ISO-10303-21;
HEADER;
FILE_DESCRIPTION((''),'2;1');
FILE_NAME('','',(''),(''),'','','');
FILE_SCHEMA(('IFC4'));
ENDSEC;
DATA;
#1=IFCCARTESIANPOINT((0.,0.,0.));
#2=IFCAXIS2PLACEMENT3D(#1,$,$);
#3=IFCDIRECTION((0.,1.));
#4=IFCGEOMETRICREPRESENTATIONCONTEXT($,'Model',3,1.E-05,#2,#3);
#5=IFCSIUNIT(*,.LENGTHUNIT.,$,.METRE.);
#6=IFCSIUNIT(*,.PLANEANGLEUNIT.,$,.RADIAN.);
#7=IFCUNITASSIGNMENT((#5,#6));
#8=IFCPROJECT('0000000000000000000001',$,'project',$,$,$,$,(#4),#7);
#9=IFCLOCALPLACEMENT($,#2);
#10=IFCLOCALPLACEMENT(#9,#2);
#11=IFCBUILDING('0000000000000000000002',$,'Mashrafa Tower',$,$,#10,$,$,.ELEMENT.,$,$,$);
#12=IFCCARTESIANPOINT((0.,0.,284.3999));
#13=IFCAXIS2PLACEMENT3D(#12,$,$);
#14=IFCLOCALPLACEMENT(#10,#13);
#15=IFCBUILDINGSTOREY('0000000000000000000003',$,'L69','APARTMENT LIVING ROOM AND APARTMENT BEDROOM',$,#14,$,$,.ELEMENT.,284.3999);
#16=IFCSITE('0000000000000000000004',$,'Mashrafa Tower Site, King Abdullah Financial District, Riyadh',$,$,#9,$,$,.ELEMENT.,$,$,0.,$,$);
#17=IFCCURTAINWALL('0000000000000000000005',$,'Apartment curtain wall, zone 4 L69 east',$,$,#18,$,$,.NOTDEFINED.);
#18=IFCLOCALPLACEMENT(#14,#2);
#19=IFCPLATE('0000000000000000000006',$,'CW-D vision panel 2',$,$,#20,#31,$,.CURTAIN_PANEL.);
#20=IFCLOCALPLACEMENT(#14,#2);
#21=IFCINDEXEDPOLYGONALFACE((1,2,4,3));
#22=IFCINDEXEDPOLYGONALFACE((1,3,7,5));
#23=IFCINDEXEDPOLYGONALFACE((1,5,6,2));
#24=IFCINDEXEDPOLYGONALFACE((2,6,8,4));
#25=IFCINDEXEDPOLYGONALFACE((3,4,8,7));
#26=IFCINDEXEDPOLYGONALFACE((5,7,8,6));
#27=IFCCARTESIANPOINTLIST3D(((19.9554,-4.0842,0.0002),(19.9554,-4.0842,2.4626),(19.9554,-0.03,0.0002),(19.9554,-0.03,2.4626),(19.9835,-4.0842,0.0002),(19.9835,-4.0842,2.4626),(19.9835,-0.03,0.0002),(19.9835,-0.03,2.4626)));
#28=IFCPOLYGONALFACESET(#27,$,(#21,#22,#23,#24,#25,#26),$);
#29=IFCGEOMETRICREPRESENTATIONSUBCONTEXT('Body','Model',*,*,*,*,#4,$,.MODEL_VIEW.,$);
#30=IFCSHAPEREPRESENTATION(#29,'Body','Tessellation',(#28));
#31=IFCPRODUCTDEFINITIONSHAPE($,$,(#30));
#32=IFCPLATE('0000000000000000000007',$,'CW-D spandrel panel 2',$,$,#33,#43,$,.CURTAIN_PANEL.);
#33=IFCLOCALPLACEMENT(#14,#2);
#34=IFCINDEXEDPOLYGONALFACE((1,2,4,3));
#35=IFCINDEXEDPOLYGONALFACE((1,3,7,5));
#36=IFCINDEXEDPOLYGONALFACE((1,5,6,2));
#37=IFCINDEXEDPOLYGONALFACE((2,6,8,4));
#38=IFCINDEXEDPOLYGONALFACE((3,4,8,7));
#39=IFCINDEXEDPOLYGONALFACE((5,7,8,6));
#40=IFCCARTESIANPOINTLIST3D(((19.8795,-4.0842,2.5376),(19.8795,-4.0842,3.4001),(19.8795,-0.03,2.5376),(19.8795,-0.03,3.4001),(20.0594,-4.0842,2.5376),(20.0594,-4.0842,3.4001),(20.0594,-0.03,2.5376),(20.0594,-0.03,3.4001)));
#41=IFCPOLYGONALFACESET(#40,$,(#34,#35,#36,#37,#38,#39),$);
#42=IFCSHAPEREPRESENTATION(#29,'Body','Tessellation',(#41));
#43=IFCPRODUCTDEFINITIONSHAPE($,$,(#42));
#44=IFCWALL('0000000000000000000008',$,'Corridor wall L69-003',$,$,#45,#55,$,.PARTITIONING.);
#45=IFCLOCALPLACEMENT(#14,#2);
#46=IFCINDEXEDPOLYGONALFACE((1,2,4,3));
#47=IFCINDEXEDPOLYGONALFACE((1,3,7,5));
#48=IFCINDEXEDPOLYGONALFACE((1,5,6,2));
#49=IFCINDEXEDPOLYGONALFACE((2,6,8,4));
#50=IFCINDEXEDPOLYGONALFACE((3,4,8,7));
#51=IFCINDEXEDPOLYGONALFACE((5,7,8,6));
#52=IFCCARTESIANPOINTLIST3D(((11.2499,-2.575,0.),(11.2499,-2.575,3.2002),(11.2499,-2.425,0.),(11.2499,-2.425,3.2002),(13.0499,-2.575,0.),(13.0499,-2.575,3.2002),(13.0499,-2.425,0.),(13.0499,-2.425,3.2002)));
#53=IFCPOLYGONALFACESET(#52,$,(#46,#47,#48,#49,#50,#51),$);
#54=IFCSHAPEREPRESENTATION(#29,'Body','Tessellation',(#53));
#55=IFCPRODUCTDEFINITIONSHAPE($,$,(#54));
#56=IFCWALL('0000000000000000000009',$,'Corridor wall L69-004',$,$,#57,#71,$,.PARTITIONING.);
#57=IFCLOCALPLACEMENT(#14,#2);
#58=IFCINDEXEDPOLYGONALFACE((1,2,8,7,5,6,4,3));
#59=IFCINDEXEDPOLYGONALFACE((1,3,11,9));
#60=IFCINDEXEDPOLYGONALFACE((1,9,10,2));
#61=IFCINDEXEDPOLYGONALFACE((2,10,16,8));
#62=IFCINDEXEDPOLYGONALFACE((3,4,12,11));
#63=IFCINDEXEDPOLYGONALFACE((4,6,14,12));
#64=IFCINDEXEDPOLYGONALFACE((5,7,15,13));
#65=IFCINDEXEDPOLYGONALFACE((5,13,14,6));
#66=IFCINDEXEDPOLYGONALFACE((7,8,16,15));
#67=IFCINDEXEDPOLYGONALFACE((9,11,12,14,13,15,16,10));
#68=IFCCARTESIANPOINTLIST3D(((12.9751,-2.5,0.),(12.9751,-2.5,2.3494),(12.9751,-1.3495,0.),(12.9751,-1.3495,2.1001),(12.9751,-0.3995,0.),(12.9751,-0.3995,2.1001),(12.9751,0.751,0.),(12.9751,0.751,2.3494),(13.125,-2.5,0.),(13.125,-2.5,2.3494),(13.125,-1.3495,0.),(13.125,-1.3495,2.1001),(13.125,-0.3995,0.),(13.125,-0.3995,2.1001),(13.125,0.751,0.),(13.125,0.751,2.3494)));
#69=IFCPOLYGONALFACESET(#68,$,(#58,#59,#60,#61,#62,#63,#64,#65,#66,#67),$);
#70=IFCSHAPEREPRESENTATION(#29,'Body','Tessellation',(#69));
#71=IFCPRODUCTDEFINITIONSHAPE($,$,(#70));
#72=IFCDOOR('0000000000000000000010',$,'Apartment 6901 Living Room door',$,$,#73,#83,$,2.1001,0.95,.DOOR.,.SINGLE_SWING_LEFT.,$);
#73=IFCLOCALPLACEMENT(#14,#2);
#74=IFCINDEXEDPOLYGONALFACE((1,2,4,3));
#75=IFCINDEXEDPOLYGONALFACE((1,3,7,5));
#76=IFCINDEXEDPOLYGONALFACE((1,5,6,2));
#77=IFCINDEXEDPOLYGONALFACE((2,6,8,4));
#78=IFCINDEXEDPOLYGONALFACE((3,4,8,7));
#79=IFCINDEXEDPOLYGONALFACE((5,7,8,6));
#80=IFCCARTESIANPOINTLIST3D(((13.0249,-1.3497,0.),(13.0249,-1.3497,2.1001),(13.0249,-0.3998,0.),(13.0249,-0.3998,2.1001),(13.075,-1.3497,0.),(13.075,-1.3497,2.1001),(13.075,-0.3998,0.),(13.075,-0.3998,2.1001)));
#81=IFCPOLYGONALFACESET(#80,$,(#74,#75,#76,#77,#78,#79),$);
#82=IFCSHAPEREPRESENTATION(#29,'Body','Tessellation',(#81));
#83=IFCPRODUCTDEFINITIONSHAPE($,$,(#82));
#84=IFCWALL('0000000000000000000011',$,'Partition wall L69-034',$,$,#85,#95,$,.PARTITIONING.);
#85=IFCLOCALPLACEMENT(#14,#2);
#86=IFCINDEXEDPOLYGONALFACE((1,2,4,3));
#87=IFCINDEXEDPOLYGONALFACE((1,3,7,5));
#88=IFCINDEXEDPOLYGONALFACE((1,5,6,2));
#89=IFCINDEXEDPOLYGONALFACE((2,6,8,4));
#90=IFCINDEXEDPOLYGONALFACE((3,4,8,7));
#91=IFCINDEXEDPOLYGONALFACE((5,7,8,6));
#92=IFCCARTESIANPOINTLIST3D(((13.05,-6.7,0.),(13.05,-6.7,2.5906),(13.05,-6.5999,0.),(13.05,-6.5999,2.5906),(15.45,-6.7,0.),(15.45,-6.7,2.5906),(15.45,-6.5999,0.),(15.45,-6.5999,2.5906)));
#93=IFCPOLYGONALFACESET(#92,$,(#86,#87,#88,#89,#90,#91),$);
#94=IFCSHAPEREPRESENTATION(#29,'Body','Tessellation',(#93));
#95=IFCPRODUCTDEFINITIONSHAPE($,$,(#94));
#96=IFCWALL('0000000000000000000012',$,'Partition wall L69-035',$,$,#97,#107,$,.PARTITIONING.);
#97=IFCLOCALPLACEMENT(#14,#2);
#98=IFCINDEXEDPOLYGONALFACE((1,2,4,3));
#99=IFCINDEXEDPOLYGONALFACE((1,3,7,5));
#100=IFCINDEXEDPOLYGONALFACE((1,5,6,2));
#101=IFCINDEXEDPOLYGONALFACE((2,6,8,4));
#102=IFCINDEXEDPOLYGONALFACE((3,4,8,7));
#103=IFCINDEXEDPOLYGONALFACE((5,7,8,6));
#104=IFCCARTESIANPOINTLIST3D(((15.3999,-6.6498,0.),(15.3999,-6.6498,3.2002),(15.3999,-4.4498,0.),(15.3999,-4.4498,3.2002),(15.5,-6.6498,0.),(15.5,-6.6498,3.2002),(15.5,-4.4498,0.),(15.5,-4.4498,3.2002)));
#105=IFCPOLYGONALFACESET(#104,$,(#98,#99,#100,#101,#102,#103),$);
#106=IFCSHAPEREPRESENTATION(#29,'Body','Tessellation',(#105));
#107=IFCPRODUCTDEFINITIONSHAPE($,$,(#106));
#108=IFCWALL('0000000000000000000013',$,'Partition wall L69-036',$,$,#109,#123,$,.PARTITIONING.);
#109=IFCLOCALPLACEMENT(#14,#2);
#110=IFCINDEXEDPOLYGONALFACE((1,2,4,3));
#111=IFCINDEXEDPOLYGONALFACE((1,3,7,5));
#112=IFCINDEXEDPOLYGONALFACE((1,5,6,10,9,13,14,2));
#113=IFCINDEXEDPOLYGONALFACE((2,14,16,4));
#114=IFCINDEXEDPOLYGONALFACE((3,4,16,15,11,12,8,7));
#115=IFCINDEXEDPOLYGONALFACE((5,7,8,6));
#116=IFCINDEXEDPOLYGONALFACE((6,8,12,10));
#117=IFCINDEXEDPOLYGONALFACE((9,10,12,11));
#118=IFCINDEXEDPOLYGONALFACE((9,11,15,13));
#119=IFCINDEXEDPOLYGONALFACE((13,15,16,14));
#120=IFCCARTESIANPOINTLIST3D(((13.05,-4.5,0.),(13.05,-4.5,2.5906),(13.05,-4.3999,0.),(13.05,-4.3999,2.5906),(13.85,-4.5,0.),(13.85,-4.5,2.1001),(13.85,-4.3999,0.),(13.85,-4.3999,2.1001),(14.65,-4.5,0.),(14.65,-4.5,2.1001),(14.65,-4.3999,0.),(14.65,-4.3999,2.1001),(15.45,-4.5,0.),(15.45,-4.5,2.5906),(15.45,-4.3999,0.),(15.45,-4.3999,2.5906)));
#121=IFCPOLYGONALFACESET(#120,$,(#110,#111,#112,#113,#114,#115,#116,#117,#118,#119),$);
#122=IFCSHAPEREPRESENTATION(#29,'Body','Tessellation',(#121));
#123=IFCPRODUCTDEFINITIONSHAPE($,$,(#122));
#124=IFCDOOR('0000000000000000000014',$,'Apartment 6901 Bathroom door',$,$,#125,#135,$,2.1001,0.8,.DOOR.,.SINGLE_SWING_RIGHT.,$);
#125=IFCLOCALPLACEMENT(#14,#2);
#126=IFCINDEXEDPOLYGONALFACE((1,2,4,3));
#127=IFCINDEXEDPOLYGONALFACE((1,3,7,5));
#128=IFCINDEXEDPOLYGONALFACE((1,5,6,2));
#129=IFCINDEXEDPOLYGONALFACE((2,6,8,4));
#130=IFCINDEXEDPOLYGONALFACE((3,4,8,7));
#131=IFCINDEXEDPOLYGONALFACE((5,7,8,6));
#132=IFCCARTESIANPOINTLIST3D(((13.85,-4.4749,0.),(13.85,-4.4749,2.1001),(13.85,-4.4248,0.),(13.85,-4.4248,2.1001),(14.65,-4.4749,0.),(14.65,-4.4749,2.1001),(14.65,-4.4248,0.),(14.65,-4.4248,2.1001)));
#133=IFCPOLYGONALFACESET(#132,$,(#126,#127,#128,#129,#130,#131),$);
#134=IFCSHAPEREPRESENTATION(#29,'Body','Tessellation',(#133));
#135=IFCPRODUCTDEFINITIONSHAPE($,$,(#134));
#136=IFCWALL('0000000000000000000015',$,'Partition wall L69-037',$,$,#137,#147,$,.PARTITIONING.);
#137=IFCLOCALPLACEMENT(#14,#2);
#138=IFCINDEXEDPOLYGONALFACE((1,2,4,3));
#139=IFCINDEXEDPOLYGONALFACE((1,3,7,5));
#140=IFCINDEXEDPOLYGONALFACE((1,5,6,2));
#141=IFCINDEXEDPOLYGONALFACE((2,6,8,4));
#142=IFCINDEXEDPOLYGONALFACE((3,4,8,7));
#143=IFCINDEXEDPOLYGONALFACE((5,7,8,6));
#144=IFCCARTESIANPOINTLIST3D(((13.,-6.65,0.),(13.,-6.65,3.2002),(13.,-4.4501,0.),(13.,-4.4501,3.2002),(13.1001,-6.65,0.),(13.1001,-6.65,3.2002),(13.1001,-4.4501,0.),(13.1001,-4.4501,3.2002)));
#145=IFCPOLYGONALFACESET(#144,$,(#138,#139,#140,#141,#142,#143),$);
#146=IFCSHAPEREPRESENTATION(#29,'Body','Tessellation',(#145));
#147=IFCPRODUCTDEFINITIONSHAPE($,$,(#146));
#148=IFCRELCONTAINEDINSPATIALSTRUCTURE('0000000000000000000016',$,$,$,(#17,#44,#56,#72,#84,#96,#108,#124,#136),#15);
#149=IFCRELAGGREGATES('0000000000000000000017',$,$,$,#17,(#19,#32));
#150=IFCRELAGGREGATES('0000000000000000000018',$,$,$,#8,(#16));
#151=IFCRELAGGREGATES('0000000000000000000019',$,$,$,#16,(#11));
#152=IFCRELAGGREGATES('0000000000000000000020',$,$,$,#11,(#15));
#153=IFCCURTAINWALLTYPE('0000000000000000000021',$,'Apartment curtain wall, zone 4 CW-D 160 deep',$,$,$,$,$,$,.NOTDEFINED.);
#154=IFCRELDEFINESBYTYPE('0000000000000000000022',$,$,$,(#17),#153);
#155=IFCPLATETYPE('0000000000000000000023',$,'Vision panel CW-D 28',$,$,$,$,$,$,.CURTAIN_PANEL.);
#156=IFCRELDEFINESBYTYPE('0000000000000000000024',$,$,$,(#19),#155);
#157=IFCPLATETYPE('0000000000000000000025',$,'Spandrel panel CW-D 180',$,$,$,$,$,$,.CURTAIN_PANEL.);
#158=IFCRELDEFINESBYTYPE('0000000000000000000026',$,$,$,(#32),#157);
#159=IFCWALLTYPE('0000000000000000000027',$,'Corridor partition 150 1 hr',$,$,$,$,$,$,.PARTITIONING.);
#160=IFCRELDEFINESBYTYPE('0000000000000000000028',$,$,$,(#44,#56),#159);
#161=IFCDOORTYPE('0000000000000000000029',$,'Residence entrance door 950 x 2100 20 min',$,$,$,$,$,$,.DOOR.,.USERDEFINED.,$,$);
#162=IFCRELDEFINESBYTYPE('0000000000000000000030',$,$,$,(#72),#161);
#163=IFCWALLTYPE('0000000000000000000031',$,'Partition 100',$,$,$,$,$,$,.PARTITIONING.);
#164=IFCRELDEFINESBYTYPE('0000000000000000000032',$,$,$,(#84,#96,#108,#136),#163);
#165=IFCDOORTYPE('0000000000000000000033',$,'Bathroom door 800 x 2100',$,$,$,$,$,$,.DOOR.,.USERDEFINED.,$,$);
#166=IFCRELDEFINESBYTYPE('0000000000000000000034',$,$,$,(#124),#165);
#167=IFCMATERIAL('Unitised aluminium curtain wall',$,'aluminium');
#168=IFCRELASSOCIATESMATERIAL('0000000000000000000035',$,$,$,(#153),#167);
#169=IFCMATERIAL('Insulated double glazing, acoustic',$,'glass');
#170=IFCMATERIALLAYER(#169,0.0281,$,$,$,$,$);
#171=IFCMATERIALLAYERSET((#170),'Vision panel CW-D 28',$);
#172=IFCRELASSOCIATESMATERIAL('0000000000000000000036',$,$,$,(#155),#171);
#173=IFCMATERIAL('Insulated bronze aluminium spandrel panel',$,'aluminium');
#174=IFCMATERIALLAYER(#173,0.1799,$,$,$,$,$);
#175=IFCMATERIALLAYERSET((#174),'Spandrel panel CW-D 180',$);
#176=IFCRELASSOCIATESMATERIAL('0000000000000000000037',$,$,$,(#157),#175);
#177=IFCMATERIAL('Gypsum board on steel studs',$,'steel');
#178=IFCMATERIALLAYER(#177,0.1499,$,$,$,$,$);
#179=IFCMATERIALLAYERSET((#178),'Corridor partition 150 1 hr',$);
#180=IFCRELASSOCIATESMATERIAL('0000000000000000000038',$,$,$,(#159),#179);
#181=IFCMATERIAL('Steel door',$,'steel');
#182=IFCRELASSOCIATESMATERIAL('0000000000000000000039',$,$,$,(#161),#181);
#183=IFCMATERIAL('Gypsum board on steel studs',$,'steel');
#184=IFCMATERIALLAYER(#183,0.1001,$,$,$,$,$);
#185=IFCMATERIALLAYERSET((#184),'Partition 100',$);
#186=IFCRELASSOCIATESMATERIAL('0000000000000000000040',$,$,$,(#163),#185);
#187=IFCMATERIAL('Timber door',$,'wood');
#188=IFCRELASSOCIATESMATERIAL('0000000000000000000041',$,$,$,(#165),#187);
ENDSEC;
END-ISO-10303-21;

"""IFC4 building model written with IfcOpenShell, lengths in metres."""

from ifc_helpers import new_model, si_unit, direction, frame, frame_2d, origin, origin_2d, place, context, subcontext, project, spatial, rectangle, extrude, source, transform, mapped, material, layer, layer_set, type_object, element, fill, aggregate, save


model = new_model("IFC4")

# Units and contexts
model_context = context("Model", 3, precision=1e-05, world=origin(), true_north=direction((0.0, 1.0)))
body_context = subcontext(model_context, "Body", "Model", "MODEL_VIEW")
ifc_project = project(units=[si_unit("LENGTHUNIT", "METRE"), si_unit("PLANEANGLEUNIT", "RADIAN")], contexts=[model_context])

# Site, building, storey
site_placement = place(None, origin())
site = spatial("IfcSite", under=ifc_project, at=site_placement, Name="Mashrafa Tower Site, King Abdullah Financial District, Riyadh", CompositionType="ELEMENT", RefElevation=0.0)
building_placement = place(site_placement, origin())
building = spatial("IfcBuilding", under=site, at=building_placement, Name="Mashrafa Tower", CompositionType="ELEMENT")
storey_placement = place(building_placement, frame((0.0, 0.0, 284.3999)))
storey = spatial("IfcBuildingStorey", under=building, at=storey_placement, Name="L69", Description="APARTMENT LIVING ROOM AND APARTMENT BEDROOM", CompositionType="ELEMENT", Elevation=284.3999)

# Curtain wall, plates
ifc_material_1 = material(Name="Unitised aluminium curtain wall", Category="aluminium")
curtain_wall_type = type_object("IfcCurtainWallType", Name="Apartment curtain wall, zone 4 CW-D 160 deep", PredefinedType="NOTDEFINED", material=ifc_material_1)
curtain_wall_placement = place(storey_placement, origin())
curtain_wall = element("IfcCurtainWall", 1, at=curtain_wall_placement, inside=storey, type_object=curtain_wall_type, Name="Apartment curtain wall, zone 4 L69 east", PredefinedType="NOTDEFINED")
ifc_material_2 = material(Name="Insulated double glazing, acoustic", Category="glass")
ifc_layer_1 = layer(ifc_material_2, 0.0281)
ifc_layer_set_1 = layer_set([ifc_layer_1], Name="Vision panel CW-D 28")
plate_type_1 = type_object("IfcPlateType", Name="Vision panel CW-D 28", PredefinedType="CURTAIN_PANEL", material=ifc_layer_set_1)
ifc_material_3 = material(Name="Insulated bronze aluminium spandrel panel", Category="aluminium")
ifc_layer_2 = layer(ifc_material_3, 0.1799)
ifc_layer_set_2 = layer_set([ifc_layer_2], Name="Spandrel panel CW-D 180")
plate_type_2 = type_object("IfcPlateType", Name="Spandrel panel CW-D 180", PredefinedType="CURTAIN_PANEL", material=ifc_layer_set_2)
shared_shape_1 = source(origin(), body_context, "Body", "SweptSolid", [
    extrude(rectangle(XDim=4.0542, YDim=0.0281, at=origin_2d()), origin(), (0.0, 0.0, 1.0), 2.4624),
])
plate_1_placement = place(storey_placement, frame((19.9695, -2.0571, 0.0002), z_axis=(0.0, 0.0, 1.0), x_axis=(0.0, 1.0, 0.0)))
plate_1 = element("IfcPlate", 2, at=plate_1_placement, type_object=plate_type_1, Name="CW-D vision panel 2", PredefinedType="CURTAIN_PANEL", context=body_context, shape_type="MappedRepresentation", body=[
    mapped(shared_shape_1, transform((0.0, 0.0, 0.0))),
])
shared_shape_2 = source(origin(), body_context, "Body", "SweptSolid", [
    extrude(rectangle(XDim=4.0542, YDim=0.1799, at=origin_2d()), origin(), (0.0, 0.0, 1.0), 0.8625),
])
plate_2_placement = place(storey_placement, frame((19.9695, -2.0571, 2.5376), z_axis=(0.0, 0.0, 1.0), x_axis=(0.0, 1.0, 0.0)))
plate_2 = element("IfcPlate", 3, at=plate_2_placement, type_object=plate_type_2, Name="CW-D spandrel panel 2", PredefinedType="CURTAIN_PANEL", context=body_context, shape_type="MappedRepresentation", body=[
    mapped(shared_shape_2, transform((0.0, 0.0, 0.0))),
])
aggregate(curtain_wall, [plate_1, plate_2])

# Wall
ifc_material_4 = material(Name="Gypsum board on steel studs", Category="steel")
ifc_layer_3 = layer(ifc_material_4, 0.1499)
ifc_layer_set_3 = layer_set([ifc_layer_3], Name="Corridor partition 150 1 hr")
wall_type_1 = type_object("IfcWallType", Name="Corridor partition 150 1 hr", PredefinedType="PARTITIONING", material=ifc_layer_set_3)
wall_1_placement = place(storey_placement, frame((11.25, -2.5, 0.0), z_axis=(0.0, 0.0, 1.0), x_axis=(1.0, 0.0, 0.0)))
element("IfcWall", 4, at=wall_1_placement, inside=storey, type_object=wall_type_1, Name="Corridor wall L69-003", PredefinedType="PARTITIONING", context=body_context, shape_type="SweptSolid", body=[
    extrude(rectangle(XDim=1.8, YDim=0.1499, at=frame_2d((0.8999, 0.0))), origin(), (0.0, 0.0, 1.0), 3.2002),
])

# Wall, opening, door
wall_2_placement = place(storey_placement, frame((13.05, -2.5, 0.0), z_axis=(0.0, 0.0, 1.0), x_axis=(0.0, 1.0, 0.0)))
wall_2 = element("IfcWall", 5, at=wall_2_placement, inside=storey, type_object=wall_type_1, Name="Corridor wall L69-004", PredefinedType="PARTITIONING", context=body_context, shape_type="SweptSolid", body=[
    extrude(rectangle(XDim=3.251, YDim=0.1499, at=frame_2d((1.6255, 0.0))), origin(), (0.0, 0.0, 1.0), 2.3494),
])
opening_1_placement = place(wall_2_placement, frame((1.1504, 0.0, 0.0)))
opening_1 = element("IfcOpeningElement", 6, at=opening_1_placement, cuts=wall_2, PredefinedType="OPENING", context=body_context, shape_type="SweptSolid", body=[
    extrude(rectangle(XDim=0.95, YDim=2.1001, at=frame_2d((0.4751, 1.05))), frame((0.0, 0.085, 0.0), z_axis=(0.0, -1.0, 0.0), x_axis=(1.0, 0.0, 0.0)), (0.0, 0.0, 1.0), 0.1699),
])
ifc_material_5 = material(Name="Steel door", Category="steel")
door_type_1 = type_object("IfcDoorType", Name="Residence entrance door 950 x 2100 20 min", OperationType="USERDEFINED", PredefinedType="DOOR", material=ifc_material_5)
door_1_placement = place(opening_1_placement, frame((0.95, 0.0, 0.0), z_axis=(0.0, 0.0, 1.0), x_axis=(-1.0, 0.0, 0.0)))
door_1 = element("IfcDoor", 7, at=door_1_placement, inside=storey, type_object=door_type_1, Name="Apartment 6901 Living Room door", OperationType="SINGLE_SWING_LEFT", OverallHeight=2.1001, OverallWidth=0.95, PredefinedType="DOOR", context=body_context, shape_type="SweptSolid", body=[
    extrude(rectangle(XDim=0.95, YDim=2.1001, at=frame_2d((0.4751, 1.05))), frame((0.0, 0.0249, 0.0), z_axis=(0.0, -1.0, 0.0), x_axis=(1.0, 0.0, 0.0)), (0.0, 0.0, 1.0), 0.05),
])
fill(opening_1, door_1)

# Walls
ifc_material_6 = material(Name="Gypsum board on steel studs", Category="steel")
ifc_layer_4 = layer(ifc_material_6, 0.1001)
ifc_layer_set_4 = layer_set([ifc_layer_4], Name="Partition 100")
wall_type_2 = type_object("IfcWallType", Name="Partition 100", PredefinedType="PARTITIONING", material=ifc_layer_set_4)
wall_3_placement = place(storey_placement, frame((15.45, -6.6499, 0.0), z_axis=(0.0, 0.0, 1.0), x_axis=(-1.0, 0.0, 0.0)))
element("IfcWall", 8, at=wall_3_placement, inside=storey, type_object=wall_type_2, Name="Partition wall L69-034", PredefinedType="PARTITIONING", context=body_context, shape_type="SweptSolid", body=[
    extrude(rectangle(XDim=2.3999, YDim=0.1001, at=frame_2d((1.2, 0.0))), origin(), (0.0, 0.0, 1.0), 2.5906),
])
wall_4_placement = place(storey_placement, frame((15.45, -6.6499, 0.0), z_axis=(0.0, 0.0, 1.0), x_axis=(0.0, 1.0, 0.0)))
element("IfcWall", 9, at=wall_4_placement, inside=storey, type_object=wall_type_2, Name="Partition wall L69-035", PredefinedType="PARTITIONING", context=body_context, shape_type="SweptSolid", body=[
    extrude(rectangle(XDim=2.2, YDim=0.1001, at=frame_2d((1.1001, 0.0))), origin(), (0.0, 0.0, 1.0), 3.2002),
])

# Wall, opening, door
wall_5_placement = place(storey_placement, frame((15.45, -4.45, 0.0), z_axis=(0.0, 0.0, 1.0), x_axis=(-1.0, 0.0, 0.0)))
wall_5 = element("IfcWall", 10, at=wall_5_placement, inside=storey, type_object=wall_type_2, Name="Partition wall L69-036", PredefinedType="PARTITIONING", context=body_context, shape_type="SweptSolid", body=[
    extrude(rectangle(XDim=2.3999, YDim=0.1001, at=frame_2d((1.2, 0.0))), origin(), (0.0, 0.0, 1.0), 2.5906),
])
opening_2_placement = place(wall_5_placement, frame((0.8, 0.0, 0.0)))
opening_2 = element("IfcOpeningElement", 11, at=opening_2_placement, cuts=wall_5, PredefinedType="OPENING", context=body_context, shape_type="SweptSolid", body=[
    extrude(rectangle(XDim=0.8, YDim=2.1001, at=frame_2d((0.3999, 1.05))), frame((0.0, 0.0601, 0.0), z_axis=(0.0, -1.0, 0.0), x_axis=(1.0, 0.0, 0.0)), (0.0, 0.0, 1.0), 0.1201),
])
ifc_material_7 = material(Name="Timber door", Category="wood")
door_type_2 = type_object("IfcDoorType", Name="Bathroom door 800 x 2100", OperationType="USERDEFINED", PredefinedType="DOOR", material=ifc_material_7)
door_2_placement = place(opening_2_placement, origin())
door_2 = element("IfcDoor", 12, at=door_2_placement, inside=storey, type_object=door_type_2, Name="Apartment 6901 Bathroom door", OperationType="SINGLE_SWING_RIGHT", OverallHeight=2.1001, OverallWidth=0.8, PredefinedType="DOOR", context=body_context, shape_type="SweptSolid", body=[
    extrude(rectangle(XDim=0.8, YDim=2.1001, at=frame_2d((0.3999, 1.05))), frame((0.0, 0.0249, 0.0), z_axis=(0.0, -1.0, 0.0), x_axis=(1.0, 0.0, 0.0)), (0.0, 0.0, 1.0), 0.05),
])
fill(opening_2, door_2)

# Wall
wall_6_placement = place(storey_placement, frame((13.05, -4.45, 0.0), z_axis=(0.0, 0.0, 1.0), x_axis=(0.0, -1.0, 0.0)))
element("IfcWall", 13, at=wall_6_placement, inside=storey, type_object=wall_type_2, Name="Partition wall L69-037", PredefinedType="PARTITIONING", context=body_context, shape_type="SweptSolid", body=[
    extrude(rectangle(XDim=2.2, YDim=0.1001, at=frame_2d((1.1001, 0.0))), origin(), (0.0, 0.0, 1.0), 3.2002),
])

save(model, "model.ifc")
